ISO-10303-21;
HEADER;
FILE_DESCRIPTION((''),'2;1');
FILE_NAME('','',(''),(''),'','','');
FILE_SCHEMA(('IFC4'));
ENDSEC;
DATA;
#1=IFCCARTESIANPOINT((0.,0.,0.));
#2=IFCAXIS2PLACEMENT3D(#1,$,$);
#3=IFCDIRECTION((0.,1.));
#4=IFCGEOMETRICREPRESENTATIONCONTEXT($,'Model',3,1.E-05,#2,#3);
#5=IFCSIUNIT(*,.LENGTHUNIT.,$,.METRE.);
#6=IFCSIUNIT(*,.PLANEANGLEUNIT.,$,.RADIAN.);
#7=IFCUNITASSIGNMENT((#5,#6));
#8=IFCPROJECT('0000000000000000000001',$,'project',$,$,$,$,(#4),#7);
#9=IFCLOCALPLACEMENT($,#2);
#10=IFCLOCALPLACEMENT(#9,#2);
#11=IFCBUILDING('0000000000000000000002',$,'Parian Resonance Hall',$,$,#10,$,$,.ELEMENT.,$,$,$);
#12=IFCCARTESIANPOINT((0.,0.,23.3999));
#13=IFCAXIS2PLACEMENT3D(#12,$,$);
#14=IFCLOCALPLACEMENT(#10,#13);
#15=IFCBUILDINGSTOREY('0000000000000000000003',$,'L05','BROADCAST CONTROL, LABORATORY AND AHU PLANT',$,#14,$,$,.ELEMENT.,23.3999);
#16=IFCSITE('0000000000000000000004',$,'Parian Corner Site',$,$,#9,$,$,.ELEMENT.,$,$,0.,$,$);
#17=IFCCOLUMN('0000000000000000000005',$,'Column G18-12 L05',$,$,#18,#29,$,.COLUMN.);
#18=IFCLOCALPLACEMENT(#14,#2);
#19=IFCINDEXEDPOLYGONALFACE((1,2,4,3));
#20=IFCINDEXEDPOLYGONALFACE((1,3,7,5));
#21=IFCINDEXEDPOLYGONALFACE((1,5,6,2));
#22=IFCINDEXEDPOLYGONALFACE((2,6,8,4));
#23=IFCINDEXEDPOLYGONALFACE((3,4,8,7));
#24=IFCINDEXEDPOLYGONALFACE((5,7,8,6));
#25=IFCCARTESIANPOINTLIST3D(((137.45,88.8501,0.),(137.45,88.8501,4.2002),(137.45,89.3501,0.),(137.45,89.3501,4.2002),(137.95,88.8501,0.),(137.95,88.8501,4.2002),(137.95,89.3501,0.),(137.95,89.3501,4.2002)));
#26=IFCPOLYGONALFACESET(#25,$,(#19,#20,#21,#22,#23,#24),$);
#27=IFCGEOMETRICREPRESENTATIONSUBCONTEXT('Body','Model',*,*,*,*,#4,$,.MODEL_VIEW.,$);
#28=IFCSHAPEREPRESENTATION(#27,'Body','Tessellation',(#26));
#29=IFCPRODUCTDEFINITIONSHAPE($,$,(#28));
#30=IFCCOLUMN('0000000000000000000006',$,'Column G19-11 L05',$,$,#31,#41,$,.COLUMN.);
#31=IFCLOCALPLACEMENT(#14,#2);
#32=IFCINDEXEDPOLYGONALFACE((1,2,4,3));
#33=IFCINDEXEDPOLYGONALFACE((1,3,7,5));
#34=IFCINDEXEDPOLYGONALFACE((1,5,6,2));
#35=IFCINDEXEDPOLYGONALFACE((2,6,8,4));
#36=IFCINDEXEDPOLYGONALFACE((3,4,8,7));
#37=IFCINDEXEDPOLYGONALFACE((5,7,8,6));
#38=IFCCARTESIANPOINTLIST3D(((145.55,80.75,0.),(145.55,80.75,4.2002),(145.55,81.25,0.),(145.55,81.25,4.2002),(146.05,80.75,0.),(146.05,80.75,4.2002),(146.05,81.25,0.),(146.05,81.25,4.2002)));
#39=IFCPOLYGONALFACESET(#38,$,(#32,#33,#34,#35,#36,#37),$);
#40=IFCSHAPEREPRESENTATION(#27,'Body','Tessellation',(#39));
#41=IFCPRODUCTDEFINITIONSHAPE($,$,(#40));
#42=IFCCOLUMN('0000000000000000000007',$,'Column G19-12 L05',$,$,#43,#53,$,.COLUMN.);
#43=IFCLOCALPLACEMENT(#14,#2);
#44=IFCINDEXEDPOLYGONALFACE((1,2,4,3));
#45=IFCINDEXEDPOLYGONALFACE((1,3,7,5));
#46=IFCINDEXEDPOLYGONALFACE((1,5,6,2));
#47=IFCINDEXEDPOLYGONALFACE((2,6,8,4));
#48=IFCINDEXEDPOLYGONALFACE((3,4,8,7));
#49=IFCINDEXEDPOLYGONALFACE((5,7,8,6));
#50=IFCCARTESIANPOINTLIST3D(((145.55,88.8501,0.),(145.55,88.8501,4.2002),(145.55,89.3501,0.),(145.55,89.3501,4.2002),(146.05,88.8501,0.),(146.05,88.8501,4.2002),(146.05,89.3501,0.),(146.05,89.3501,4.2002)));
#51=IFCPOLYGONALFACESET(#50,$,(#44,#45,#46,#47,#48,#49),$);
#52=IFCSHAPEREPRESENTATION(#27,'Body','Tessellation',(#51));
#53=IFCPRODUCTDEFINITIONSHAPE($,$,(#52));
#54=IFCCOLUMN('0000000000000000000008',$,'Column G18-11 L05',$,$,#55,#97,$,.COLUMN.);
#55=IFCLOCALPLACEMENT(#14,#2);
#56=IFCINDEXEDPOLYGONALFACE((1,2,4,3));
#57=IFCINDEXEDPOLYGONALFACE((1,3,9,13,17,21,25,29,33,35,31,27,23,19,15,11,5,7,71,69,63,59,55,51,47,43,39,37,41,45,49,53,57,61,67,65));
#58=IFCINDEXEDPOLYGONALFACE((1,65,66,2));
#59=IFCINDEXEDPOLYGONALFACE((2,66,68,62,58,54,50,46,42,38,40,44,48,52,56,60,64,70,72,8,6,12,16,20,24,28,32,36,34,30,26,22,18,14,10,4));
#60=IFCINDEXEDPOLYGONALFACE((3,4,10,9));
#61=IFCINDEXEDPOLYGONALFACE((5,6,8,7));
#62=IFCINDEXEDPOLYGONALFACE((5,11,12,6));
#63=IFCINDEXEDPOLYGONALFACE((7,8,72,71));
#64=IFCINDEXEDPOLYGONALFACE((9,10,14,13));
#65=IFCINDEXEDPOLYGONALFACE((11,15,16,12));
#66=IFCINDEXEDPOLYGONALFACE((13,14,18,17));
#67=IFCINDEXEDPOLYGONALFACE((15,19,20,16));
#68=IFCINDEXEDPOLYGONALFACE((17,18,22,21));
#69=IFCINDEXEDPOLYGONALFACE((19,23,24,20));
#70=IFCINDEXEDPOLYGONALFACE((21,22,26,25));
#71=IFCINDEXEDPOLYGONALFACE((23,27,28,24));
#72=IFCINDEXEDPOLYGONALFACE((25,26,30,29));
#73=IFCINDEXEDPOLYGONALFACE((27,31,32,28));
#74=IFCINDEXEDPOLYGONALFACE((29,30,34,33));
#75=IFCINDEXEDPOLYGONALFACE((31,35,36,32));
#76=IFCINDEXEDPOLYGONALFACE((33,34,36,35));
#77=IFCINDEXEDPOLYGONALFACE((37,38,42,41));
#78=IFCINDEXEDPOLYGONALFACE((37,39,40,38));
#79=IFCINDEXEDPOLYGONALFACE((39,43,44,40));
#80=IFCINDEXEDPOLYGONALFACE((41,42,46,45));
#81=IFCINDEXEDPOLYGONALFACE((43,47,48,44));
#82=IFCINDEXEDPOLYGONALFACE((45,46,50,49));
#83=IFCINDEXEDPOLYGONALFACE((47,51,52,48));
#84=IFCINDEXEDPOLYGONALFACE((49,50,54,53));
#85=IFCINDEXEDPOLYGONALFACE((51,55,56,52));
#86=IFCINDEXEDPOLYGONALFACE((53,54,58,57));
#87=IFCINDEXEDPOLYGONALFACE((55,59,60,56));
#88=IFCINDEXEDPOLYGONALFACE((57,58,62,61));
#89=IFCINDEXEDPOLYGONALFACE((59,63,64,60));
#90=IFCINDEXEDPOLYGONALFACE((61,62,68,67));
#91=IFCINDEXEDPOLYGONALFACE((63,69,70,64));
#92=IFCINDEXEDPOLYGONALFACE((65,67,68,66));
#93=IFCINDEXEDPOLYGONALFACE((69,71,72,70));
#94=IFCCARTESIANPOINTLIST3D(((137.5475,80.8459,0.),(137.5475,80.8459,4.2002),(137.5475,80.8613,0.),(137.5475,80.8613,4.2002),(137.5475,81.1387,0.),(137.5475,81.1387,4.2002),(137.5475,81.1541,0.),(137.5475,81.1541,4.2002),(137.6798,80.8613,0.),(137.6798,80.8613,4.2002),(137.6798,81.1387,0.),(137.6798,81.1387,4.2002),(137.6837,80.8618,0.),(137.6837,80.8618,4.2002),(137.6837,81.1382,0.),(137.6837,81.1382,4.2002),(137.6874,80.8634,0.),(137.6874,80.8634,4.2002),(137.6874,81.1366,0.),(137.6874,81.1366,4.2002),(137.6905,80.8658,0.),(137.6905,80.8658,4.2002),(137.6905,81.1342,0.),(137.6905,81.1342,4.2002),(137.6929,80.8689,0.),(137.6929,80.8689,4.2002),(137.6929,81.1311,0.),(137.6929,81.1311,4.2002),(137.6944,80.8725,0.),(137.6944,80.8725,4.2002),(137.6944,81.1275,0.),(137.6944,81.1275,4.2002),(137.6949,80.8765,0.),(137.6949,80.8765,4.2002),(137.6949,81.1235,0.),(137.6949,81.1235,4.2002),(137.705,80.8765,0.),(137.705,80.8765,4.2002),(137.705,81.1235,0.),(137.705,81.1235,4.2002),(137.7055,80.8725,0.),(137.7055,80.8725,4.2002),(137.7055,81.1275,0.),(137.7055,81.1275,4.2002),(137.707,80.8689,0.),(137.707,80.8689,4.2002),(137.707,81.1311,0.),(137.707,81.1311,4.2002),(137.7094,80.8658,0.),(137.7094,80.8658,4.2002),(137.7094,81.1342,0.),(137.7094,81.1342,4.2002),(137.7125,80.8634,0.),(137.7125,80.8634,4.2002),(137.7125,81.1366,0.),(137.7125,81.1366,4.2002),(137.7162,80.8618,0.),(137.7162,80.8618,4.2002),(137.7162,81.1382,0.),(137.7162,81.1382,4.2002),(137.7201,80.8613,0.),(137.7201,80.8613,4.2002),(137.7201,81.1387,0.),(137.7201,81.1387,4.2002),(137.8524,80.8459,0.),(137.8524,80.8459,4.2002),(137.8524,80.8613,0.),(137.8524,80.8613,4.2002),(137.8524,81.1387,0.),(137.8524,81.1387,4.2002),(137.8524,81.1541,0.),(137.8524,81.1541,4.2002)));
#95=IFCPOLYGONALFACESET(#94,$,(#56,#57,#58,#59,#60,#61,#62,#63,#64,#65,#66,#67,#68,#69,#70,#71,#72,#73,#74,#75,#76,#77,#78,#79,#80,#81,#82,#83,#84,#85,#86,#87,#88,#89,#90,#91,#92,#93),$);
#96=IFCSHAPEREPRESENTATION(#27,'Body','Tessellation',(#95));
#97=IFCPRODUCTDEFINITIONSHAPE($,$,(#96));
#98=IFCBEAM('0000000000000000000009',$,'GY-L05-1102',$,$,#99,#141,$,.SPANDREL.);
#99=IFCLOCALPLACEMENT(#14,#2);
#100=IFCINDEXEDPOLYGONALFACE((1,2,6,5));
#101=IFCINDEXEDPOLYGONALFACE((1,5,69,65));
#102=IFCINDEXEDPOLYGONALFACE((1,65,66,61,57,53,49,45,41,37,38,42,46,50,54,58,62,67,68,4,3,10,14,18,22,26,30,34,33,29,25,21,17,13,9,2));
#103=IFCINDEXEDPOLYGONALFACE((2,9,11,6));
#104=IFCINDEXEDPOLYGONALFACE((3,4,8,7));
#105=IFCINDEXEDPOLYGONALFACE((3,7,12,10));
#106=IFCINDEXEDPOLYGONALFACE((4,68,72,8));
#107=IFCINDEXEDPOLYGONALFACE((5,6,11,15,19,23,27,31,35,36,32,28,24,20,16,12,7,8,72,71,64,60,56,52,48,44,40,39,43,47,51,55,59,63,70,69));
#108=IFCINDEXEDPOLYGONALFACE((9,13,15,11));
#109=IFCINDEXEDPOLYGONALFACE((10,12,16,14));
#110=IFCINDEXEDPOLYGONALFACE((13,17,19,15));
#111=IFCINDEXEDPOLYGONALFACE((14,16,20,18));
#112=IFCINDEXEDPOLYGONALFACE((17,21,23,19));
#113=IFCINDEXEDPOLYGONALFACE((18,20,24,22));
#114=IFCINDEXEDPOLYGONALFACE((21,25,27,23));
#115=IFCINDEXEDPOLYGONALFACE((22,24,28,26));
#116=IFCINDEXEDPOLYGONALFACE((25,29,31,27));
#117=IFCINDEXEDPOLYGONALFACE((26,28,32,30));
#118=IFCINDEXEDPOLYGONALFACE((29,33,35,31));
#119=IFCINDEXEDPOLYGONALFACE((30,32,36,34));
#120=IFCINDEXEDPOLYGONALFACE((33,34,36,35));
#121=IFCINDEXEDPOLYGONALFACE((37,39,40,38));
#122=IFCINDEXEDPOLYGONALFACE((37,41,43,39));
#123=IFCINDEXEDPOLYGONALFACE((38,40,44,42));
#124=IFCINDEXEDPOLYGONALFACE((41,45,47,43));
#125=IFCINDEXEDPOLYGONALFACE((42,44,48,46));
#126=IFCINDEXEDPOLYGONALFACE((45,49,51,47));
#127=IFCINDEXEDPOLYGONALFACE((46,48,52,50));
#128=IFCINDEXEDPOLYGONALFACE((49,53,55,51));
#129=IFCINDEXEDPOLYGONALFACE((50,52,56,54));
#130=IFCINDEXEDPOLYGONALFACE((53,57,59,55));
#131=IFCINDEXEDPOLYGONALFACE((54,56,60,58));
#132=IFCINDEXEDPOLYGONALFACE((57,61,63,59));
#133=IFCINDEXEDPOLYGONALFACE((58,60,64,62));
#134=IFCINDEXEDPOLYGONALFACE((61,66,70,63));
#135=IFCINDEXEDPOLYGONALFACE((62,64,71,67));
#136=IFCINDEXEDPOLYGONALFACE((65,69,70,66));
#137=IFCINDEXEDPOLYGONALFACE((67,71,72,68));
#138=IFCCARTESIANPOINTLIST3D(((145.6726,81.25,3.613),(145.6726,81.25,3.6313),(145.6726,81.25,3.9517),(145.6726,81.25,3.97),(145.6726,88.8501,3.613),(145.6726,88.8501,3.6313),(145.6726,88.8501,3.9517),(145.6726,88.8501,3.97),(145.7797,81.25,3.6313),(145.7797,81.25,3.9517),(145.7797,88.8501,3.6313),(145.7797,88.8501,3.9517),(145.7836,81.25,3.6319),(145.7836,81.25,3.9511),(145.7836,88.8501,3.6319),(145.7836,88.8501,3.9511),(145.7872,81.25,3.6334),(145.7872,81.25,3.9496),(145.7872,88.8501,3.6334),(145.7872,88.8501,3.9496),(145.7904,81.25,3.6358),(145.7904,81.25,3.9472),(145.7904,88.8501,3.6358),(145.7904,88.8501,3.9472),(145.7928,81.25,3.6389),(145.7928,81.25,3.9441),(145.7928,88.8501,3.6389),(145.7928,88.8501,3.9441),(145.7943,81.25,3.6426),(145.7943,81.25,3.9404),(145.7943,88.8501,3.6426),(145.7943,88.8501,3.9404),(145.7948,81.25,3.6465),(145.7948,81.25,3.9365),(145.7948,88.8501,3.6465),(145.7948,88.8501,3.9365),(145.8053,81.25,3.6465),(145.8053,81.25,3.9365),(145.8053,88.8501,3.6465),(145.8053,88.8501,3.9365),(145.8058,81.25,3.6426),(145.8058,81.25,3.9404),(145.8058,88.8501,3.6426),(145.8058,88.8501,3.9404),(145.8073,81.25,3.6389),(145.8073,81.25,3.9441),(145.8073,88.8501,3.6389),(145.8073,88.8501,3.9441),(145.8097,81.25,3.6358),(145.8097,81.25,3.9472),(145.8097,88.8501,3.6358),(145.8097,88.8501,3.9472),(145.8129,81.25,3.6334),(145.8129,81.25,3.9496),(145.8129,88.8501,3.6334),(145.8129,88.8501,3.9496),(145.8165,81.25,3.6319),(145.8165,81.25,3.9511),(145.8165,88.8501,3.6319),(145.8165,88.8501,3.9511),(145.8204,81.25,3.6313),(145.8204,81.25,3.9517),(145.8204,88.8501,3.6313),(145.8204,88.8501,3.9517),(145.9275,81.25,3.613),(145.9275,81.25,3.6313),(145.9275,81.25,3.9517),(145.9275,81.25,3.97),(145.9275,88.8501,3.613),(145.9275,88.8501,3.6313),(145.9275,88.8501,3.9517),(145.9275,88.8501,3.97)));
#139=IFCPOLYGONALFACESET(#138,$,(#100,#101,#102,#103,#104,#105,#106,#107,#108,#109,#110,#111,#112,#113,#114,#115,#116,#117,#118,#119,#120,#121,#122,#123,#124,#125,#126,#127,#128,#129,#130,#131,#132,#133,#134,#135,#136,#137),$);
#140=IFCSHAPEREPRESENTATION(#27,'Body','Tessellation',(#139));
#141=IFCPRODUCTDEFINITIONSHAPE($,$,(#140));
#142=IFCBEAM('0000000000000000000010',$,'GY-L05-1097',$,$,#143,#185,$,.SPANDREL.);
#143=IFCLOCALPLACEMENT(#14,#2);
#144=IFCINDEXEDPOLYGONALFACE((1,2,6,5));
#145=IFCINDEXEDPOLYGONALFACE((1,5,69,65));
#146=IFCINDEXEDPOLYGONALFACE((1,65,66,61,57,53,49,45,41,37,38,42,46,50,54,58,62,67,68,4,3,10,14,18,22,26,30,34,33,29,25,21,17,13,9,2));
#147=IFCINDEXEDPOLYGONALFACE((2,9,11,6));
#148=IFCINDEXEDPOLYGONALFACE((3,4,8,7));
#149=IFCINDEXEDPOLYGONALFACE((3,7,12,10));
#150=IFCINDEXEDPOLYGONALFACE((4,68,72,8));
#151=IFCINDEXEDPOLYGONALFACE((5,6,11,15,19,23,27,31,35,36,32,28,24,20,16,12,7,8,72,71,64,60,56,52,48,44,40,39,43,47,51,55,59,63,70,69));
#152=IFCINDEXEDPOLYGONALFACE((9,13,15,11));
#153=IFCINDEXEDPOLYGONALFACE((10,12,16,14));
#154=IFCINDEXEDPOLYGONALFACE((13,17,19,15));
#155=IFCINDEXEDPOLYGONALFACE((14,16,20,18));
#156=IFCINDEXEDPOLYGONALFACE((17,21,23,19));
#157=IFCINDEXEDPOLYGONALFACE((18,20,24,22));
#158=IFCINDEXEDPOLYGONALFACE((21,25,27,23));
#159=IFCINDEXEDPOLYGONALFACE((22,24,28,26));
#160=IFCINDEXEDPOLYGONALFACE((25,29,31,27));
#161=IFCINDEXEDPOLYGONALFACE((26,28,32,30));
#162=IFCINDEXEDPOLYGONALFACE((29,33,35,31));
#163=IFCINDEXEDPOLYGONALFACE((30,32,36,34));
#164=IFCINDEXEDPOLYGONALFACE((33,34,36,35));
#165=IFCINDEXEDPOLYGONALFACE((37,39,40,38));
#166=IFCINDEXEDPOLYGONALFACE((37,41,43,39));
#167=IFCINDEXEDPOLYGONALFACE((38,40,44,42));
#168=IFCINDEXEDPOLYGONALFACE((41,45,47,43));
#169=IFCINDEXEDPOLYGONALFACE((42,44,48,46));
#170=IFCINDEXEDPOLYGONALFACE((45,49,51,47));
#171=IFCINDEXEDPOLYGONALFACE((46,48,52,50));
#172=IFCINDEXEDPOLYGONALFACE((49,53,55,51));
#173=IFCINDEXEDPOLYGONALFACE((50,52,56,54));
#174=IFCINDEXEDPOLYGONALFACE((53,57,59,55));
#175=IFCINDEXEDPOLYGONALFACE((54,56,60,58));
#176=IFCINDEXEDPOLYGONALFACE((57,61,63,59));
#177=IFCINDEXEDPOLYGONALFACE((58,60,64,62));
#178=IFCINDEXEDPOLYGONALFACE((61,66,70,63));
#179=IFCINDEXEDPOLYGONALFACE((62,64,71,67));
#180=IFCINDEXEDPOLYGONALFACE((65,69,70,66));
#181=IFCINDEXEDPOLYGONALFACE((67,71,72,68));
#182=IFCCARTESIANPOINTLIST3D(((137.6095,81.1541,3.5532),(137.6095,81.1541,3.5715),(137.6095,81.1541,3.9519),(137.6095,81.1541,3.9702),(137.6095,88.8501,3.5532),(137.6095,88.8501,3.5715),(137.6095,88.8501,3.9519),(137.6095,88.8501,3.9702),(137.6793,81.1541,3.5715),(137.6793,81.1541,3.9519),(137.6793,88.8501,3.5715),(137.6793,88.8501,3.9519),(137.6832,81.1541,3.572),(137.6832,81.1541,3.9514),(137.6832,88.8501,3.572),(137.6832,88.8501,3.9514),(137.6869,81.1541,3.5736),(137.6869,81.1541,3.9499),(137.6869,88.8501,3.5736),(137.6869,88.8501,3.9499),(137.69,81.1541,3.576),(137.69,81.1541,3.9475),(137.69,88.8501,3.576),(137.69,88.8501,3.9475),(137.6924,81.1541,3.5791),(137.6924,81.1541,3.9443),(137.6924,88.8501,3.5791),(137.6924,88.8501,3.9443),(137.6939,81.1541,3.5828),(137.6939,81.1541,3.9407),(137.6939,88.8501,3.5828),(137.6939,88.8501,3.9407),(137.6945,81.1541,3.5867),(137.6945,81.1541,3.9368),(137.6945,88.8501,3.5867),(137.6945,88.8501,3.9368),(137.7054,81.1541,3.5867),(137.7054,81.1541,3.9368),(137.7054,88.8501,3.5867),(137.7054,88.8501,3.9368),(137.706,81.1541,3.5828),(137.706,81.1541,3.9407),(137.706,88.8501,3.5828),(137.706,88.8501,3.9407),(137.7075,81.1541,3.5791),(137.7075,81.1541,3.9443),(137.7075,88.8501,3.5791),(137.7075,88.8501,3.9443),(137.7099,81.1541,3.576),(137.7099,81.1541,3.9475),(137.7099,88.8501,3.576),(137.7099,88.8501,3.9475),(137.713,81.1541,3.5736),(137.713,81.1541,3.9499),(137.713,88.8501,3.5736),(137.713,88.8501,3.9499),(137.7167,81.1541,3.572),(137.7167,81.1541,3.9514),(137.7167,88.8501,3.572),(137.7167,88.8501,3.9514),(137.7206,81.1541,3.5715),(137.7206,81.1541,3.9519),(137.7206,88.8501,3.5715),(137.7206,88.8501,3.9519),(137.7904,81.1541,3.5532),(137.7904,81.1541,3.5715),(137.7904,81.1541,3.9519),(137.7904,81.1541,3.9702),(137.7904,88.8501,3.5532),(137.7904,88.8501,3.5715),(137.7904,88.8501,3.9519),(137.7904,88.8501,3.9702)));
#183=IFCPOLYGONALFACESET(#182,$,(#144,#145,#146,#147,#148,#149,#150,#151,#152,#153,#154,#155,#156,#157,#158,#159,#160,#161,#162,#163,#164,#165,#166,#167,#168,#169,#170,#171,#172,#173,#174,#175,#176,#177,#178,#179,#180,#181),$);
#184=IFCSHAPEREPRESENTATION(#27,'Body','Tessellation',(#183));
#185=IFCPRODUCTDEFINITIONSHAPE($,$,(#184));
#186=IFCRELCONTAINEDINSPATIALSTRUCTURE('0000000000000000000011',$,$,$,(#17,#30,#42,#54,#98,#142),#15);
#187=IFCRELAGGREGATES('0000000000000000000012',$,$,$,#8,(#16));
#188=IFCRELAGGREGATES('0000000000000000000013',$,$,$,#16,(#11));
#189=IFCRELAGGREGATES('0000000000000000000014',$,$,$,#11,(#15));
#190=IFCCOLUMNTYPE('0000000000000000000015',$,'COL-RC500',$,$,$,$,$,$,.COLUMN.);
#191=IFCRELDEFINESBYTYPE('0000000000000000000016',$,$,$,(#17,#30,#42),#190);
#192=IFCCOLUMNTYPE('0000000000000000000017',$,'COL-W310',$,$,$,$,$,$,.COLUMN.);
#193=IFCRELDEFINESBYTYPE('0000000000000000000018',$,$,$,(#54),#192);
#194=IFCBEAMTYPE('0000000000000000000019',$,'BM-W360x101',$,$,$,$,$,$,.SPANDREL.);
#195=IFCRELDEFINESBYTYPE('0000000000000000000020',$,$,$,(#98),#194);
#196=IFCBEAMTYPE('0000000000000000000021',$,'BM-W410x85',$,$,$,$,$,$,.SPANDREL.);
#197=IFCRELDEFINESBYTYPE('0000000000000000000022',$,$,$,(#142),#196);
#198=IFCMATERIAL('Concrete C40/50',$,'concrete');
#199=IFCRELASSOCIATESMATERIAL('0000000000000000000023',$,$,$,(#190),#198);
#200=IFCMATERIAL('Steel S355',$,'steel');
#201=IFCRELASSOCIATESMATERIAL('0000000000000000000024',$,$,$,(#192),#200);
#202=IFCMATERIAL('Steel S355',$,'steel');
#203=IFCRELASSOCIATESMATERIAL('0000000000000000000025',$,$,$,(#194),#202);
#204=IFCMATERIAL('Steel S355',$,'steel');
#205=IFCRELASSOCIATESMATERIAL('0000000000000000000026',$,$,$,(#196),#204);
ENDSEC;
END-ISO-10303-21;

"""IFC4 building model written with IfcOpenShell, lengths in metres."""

from ifc_helpers import new_model, si_unit, direction, frame, origin, origin_2d, place, context, subcontext, project, spatial, rectangle, i_section, extrude, material, material_profile, profile_set, type_object, element, save


model = new_model("IFC4")

# Units and contexts
model_context = context("Model", 3, precision=1e-05, world=origin(), true_north=direction((0.0, 1.0)))
body_context = subcontext(model_context, "Body", "Model", "MODEL_VIEW")
ifc_project = project(units=[si_unit("LENGTHUNIT", "METRE"), si_unit("PLANEANGLEUNIT", "RADIAN")], contexts=[model_context])

# Site, building, storey
site_placement = place(None, origin())
site = spatial("IfcSite", under=ifc_project, at=site_placement, Name="Parian Corner Site", CompositionType="ELEMENT", RefElevation=0.0)
building_placement = place(site_placement, origin())
building = spatial("IfcBuilding", under=site, at=building_placement, Name="Parian Resonance Hall", CompositionType="ELEMENT")
storey_placement = place(building_placement, frame((0.0, 0.0, 23.3999)))
storey = spatial("IfcBuildingStorey", under=building, at=storey_placement, Name="L05", Description="BROADCAST CONTROL, LABORATORY AND AHU PLANT", CompositionType="ELEMENT", Elevation=23.3999)

# Columns
ifc_material_1 = material(Name="Concrete C40/50", Category="concrete")
ifc_material_profile_1 = material_profile(ifc_material_1, rectangle(XDim=0.5, YDim=0.5, at=origin_2d()), Name="RC-COL-500x500")
ifc_profile_set_1 = profile_set([ifc_material_profile_1], Name="Concrete C40/50")
column_type_1 = type_object("IfcColumnType", Name="COL-RC500", PredefinedType="COLUMN", material=ifc_profile_set_1)
for number, where, z_axis, x_axis, name in (
    (1, (137.7, 89.1001, 0.0), (0.0, 0.0, 1.0), (1.0, 0.0, 0.0), "Column G18-12 L05"),
    (2, (145.8, 81.0, 0.0), (0.0, 0.0, 1.0), (1.0, 0.0, 0.0), "Column G19-11 L05"),
    (3, (145.8, 89.1001, 0.0), (0.0, 0.0, 1.0), (1.0, 0.0, 0.0), "Column G19-12 L05"),
):
    element("IfcColumn", number, at=place(storey_placement, frame(where, z_axis=z_axis, x_axis=x_axis)), inside=storey, type_object=column_type_1, Name=name, PredefinedType="COLUMN", context=body_context, shape_type="SweptSolid", body=[
        extrude(rectangle(XDim=0.5, YDim=0.5, at=origin_2d()), origin(), (0.0, 0.0, 1.0), 4.2002),
    ])
ifc_material_2 = material(Name="Steel S355", Category="steel")
ifc_material_profile_2 = material_profile(ifc_material_2, i_section(OverallWidth=0.3049, OverallDepth=0.3081, WebThickness=0.01, FlangeThickness=0.0154, FilletRadius=0.0151, at=origin_2d()), Name="W310x97")
ifc_profile_set_2 = profile_set([ifc_material_profile_2], Name="Steel S355")
column_type_2 = type_object("IfcColumnType", Name="COL-W310", PredefinedType="COLUMN", material=ifc_profile_set_2)
column_placement = place(storey_placement, frame((137.7, 81.0, 0.0), z_axis=(0.0, 0.0, 1.0), x_axis=(1.0, 0.0, 0.0)))
element("IfcColumn", 4, at=column_placement, inside=storey, type_object=column_type_2, Name="Column G18-11 L05", PredefinedType="COLUMN", context=body_context, shape_type="SweptSolid", body=[
    extrude(i_section(OverallWidth=0.3049, OverallDepth=0.3081, WebThickness=0.01, FlangeThickness=0.0154, FilletRadius=0.0151, at=origin_2d()), origin(), (0.0, 0.0, 1.0), 4.2002),
])

# Beams
ifc_material_3 = material(Name="Steel S355", Category="steel")
ifc_material_profile_3 = material_profile(ifc_material_3, i_section(OverallWidth=0.2549, OverallDepth=0.3569, WebThickness=0.0105, FlangeThickness=0.0183, FilletRadius=0.0151, at=origin_2d()), Name="W360x101")
ifc_profile_set_3 = profile_set([ifc_material_profile_3], Name="Steel S355")
beam_type_1 = type_object("IfcBeamType", Name="BM-W360x101", PredefinedType="SPANDREL", material=ifc_profile_set_3)
beam_1_placement = place(storey_placement, frame((145.8, 81.25, 3.7915), z_axis=(0.0, 1.0, 0.0), x_axis=(-1.0, 0.0, 0.0)))
element("IfcBeam", 5, at=beam_1_placement, inside=storey, type_object=beam_type_1, Name="GY-L05-1102", PredefinedType="SPANDREL", context=body_context, shape_type="SweptSolid", body=[
    extrude(i_section(OverallWidth=0.2549, OverallDepth=0.3569, WebThickness=0.0105, FlangeThickness=0.0183, FilletRadius=0.0151, at=origin_2d()), origin(), (0.0, 0.0, 1.0), 7.6001),
])
ifc_material_4 = material(Name="Steel S355", Category="steel")
ifc_material_profile_4 = material_profile(ifc_material_4, i_section(OverallWidth=0.1809, OverallDepth=0.417, WebThickness=0.011, FlangeThickness=0.0183, FilletRadius=0.0151, at=origin_2d()), Name="W410x85")
ifc_profile_set_4 = profile_set([ifc_material_profile_4], Name="Steel S355")
beam_type_2 = type_object("IfcBeamType", Name="BM-W410x85", PredefinedType="SPANDREL", material=ifc_profile_set_4)
beam_2_placement = place(storey_placement, frame((137.7, 81.1541, 3.7617), z_axis=(0.0, 1.0, 0.0), x_axis=(-1.0, 0.0, 0.0)))
element("IfcBeam", 6, at=beam_2_placement, inside=storey, type_object=beam_type_2, Name="GY-L05-1097", PredefinedType="SPANDREL", context=body_context, shape_type="SweptSolid", body=[
    extrude(i_section(OverallWidth=0.1809, OverallDepth=0.417, WebThickness=0.011, FlangeThickness=0.0183, FilletRadius=0.0151, at=origin_2d()), origin(), (0.0, 0.0, 1.0), 7.696),
])

save(model, "model.ifc")
